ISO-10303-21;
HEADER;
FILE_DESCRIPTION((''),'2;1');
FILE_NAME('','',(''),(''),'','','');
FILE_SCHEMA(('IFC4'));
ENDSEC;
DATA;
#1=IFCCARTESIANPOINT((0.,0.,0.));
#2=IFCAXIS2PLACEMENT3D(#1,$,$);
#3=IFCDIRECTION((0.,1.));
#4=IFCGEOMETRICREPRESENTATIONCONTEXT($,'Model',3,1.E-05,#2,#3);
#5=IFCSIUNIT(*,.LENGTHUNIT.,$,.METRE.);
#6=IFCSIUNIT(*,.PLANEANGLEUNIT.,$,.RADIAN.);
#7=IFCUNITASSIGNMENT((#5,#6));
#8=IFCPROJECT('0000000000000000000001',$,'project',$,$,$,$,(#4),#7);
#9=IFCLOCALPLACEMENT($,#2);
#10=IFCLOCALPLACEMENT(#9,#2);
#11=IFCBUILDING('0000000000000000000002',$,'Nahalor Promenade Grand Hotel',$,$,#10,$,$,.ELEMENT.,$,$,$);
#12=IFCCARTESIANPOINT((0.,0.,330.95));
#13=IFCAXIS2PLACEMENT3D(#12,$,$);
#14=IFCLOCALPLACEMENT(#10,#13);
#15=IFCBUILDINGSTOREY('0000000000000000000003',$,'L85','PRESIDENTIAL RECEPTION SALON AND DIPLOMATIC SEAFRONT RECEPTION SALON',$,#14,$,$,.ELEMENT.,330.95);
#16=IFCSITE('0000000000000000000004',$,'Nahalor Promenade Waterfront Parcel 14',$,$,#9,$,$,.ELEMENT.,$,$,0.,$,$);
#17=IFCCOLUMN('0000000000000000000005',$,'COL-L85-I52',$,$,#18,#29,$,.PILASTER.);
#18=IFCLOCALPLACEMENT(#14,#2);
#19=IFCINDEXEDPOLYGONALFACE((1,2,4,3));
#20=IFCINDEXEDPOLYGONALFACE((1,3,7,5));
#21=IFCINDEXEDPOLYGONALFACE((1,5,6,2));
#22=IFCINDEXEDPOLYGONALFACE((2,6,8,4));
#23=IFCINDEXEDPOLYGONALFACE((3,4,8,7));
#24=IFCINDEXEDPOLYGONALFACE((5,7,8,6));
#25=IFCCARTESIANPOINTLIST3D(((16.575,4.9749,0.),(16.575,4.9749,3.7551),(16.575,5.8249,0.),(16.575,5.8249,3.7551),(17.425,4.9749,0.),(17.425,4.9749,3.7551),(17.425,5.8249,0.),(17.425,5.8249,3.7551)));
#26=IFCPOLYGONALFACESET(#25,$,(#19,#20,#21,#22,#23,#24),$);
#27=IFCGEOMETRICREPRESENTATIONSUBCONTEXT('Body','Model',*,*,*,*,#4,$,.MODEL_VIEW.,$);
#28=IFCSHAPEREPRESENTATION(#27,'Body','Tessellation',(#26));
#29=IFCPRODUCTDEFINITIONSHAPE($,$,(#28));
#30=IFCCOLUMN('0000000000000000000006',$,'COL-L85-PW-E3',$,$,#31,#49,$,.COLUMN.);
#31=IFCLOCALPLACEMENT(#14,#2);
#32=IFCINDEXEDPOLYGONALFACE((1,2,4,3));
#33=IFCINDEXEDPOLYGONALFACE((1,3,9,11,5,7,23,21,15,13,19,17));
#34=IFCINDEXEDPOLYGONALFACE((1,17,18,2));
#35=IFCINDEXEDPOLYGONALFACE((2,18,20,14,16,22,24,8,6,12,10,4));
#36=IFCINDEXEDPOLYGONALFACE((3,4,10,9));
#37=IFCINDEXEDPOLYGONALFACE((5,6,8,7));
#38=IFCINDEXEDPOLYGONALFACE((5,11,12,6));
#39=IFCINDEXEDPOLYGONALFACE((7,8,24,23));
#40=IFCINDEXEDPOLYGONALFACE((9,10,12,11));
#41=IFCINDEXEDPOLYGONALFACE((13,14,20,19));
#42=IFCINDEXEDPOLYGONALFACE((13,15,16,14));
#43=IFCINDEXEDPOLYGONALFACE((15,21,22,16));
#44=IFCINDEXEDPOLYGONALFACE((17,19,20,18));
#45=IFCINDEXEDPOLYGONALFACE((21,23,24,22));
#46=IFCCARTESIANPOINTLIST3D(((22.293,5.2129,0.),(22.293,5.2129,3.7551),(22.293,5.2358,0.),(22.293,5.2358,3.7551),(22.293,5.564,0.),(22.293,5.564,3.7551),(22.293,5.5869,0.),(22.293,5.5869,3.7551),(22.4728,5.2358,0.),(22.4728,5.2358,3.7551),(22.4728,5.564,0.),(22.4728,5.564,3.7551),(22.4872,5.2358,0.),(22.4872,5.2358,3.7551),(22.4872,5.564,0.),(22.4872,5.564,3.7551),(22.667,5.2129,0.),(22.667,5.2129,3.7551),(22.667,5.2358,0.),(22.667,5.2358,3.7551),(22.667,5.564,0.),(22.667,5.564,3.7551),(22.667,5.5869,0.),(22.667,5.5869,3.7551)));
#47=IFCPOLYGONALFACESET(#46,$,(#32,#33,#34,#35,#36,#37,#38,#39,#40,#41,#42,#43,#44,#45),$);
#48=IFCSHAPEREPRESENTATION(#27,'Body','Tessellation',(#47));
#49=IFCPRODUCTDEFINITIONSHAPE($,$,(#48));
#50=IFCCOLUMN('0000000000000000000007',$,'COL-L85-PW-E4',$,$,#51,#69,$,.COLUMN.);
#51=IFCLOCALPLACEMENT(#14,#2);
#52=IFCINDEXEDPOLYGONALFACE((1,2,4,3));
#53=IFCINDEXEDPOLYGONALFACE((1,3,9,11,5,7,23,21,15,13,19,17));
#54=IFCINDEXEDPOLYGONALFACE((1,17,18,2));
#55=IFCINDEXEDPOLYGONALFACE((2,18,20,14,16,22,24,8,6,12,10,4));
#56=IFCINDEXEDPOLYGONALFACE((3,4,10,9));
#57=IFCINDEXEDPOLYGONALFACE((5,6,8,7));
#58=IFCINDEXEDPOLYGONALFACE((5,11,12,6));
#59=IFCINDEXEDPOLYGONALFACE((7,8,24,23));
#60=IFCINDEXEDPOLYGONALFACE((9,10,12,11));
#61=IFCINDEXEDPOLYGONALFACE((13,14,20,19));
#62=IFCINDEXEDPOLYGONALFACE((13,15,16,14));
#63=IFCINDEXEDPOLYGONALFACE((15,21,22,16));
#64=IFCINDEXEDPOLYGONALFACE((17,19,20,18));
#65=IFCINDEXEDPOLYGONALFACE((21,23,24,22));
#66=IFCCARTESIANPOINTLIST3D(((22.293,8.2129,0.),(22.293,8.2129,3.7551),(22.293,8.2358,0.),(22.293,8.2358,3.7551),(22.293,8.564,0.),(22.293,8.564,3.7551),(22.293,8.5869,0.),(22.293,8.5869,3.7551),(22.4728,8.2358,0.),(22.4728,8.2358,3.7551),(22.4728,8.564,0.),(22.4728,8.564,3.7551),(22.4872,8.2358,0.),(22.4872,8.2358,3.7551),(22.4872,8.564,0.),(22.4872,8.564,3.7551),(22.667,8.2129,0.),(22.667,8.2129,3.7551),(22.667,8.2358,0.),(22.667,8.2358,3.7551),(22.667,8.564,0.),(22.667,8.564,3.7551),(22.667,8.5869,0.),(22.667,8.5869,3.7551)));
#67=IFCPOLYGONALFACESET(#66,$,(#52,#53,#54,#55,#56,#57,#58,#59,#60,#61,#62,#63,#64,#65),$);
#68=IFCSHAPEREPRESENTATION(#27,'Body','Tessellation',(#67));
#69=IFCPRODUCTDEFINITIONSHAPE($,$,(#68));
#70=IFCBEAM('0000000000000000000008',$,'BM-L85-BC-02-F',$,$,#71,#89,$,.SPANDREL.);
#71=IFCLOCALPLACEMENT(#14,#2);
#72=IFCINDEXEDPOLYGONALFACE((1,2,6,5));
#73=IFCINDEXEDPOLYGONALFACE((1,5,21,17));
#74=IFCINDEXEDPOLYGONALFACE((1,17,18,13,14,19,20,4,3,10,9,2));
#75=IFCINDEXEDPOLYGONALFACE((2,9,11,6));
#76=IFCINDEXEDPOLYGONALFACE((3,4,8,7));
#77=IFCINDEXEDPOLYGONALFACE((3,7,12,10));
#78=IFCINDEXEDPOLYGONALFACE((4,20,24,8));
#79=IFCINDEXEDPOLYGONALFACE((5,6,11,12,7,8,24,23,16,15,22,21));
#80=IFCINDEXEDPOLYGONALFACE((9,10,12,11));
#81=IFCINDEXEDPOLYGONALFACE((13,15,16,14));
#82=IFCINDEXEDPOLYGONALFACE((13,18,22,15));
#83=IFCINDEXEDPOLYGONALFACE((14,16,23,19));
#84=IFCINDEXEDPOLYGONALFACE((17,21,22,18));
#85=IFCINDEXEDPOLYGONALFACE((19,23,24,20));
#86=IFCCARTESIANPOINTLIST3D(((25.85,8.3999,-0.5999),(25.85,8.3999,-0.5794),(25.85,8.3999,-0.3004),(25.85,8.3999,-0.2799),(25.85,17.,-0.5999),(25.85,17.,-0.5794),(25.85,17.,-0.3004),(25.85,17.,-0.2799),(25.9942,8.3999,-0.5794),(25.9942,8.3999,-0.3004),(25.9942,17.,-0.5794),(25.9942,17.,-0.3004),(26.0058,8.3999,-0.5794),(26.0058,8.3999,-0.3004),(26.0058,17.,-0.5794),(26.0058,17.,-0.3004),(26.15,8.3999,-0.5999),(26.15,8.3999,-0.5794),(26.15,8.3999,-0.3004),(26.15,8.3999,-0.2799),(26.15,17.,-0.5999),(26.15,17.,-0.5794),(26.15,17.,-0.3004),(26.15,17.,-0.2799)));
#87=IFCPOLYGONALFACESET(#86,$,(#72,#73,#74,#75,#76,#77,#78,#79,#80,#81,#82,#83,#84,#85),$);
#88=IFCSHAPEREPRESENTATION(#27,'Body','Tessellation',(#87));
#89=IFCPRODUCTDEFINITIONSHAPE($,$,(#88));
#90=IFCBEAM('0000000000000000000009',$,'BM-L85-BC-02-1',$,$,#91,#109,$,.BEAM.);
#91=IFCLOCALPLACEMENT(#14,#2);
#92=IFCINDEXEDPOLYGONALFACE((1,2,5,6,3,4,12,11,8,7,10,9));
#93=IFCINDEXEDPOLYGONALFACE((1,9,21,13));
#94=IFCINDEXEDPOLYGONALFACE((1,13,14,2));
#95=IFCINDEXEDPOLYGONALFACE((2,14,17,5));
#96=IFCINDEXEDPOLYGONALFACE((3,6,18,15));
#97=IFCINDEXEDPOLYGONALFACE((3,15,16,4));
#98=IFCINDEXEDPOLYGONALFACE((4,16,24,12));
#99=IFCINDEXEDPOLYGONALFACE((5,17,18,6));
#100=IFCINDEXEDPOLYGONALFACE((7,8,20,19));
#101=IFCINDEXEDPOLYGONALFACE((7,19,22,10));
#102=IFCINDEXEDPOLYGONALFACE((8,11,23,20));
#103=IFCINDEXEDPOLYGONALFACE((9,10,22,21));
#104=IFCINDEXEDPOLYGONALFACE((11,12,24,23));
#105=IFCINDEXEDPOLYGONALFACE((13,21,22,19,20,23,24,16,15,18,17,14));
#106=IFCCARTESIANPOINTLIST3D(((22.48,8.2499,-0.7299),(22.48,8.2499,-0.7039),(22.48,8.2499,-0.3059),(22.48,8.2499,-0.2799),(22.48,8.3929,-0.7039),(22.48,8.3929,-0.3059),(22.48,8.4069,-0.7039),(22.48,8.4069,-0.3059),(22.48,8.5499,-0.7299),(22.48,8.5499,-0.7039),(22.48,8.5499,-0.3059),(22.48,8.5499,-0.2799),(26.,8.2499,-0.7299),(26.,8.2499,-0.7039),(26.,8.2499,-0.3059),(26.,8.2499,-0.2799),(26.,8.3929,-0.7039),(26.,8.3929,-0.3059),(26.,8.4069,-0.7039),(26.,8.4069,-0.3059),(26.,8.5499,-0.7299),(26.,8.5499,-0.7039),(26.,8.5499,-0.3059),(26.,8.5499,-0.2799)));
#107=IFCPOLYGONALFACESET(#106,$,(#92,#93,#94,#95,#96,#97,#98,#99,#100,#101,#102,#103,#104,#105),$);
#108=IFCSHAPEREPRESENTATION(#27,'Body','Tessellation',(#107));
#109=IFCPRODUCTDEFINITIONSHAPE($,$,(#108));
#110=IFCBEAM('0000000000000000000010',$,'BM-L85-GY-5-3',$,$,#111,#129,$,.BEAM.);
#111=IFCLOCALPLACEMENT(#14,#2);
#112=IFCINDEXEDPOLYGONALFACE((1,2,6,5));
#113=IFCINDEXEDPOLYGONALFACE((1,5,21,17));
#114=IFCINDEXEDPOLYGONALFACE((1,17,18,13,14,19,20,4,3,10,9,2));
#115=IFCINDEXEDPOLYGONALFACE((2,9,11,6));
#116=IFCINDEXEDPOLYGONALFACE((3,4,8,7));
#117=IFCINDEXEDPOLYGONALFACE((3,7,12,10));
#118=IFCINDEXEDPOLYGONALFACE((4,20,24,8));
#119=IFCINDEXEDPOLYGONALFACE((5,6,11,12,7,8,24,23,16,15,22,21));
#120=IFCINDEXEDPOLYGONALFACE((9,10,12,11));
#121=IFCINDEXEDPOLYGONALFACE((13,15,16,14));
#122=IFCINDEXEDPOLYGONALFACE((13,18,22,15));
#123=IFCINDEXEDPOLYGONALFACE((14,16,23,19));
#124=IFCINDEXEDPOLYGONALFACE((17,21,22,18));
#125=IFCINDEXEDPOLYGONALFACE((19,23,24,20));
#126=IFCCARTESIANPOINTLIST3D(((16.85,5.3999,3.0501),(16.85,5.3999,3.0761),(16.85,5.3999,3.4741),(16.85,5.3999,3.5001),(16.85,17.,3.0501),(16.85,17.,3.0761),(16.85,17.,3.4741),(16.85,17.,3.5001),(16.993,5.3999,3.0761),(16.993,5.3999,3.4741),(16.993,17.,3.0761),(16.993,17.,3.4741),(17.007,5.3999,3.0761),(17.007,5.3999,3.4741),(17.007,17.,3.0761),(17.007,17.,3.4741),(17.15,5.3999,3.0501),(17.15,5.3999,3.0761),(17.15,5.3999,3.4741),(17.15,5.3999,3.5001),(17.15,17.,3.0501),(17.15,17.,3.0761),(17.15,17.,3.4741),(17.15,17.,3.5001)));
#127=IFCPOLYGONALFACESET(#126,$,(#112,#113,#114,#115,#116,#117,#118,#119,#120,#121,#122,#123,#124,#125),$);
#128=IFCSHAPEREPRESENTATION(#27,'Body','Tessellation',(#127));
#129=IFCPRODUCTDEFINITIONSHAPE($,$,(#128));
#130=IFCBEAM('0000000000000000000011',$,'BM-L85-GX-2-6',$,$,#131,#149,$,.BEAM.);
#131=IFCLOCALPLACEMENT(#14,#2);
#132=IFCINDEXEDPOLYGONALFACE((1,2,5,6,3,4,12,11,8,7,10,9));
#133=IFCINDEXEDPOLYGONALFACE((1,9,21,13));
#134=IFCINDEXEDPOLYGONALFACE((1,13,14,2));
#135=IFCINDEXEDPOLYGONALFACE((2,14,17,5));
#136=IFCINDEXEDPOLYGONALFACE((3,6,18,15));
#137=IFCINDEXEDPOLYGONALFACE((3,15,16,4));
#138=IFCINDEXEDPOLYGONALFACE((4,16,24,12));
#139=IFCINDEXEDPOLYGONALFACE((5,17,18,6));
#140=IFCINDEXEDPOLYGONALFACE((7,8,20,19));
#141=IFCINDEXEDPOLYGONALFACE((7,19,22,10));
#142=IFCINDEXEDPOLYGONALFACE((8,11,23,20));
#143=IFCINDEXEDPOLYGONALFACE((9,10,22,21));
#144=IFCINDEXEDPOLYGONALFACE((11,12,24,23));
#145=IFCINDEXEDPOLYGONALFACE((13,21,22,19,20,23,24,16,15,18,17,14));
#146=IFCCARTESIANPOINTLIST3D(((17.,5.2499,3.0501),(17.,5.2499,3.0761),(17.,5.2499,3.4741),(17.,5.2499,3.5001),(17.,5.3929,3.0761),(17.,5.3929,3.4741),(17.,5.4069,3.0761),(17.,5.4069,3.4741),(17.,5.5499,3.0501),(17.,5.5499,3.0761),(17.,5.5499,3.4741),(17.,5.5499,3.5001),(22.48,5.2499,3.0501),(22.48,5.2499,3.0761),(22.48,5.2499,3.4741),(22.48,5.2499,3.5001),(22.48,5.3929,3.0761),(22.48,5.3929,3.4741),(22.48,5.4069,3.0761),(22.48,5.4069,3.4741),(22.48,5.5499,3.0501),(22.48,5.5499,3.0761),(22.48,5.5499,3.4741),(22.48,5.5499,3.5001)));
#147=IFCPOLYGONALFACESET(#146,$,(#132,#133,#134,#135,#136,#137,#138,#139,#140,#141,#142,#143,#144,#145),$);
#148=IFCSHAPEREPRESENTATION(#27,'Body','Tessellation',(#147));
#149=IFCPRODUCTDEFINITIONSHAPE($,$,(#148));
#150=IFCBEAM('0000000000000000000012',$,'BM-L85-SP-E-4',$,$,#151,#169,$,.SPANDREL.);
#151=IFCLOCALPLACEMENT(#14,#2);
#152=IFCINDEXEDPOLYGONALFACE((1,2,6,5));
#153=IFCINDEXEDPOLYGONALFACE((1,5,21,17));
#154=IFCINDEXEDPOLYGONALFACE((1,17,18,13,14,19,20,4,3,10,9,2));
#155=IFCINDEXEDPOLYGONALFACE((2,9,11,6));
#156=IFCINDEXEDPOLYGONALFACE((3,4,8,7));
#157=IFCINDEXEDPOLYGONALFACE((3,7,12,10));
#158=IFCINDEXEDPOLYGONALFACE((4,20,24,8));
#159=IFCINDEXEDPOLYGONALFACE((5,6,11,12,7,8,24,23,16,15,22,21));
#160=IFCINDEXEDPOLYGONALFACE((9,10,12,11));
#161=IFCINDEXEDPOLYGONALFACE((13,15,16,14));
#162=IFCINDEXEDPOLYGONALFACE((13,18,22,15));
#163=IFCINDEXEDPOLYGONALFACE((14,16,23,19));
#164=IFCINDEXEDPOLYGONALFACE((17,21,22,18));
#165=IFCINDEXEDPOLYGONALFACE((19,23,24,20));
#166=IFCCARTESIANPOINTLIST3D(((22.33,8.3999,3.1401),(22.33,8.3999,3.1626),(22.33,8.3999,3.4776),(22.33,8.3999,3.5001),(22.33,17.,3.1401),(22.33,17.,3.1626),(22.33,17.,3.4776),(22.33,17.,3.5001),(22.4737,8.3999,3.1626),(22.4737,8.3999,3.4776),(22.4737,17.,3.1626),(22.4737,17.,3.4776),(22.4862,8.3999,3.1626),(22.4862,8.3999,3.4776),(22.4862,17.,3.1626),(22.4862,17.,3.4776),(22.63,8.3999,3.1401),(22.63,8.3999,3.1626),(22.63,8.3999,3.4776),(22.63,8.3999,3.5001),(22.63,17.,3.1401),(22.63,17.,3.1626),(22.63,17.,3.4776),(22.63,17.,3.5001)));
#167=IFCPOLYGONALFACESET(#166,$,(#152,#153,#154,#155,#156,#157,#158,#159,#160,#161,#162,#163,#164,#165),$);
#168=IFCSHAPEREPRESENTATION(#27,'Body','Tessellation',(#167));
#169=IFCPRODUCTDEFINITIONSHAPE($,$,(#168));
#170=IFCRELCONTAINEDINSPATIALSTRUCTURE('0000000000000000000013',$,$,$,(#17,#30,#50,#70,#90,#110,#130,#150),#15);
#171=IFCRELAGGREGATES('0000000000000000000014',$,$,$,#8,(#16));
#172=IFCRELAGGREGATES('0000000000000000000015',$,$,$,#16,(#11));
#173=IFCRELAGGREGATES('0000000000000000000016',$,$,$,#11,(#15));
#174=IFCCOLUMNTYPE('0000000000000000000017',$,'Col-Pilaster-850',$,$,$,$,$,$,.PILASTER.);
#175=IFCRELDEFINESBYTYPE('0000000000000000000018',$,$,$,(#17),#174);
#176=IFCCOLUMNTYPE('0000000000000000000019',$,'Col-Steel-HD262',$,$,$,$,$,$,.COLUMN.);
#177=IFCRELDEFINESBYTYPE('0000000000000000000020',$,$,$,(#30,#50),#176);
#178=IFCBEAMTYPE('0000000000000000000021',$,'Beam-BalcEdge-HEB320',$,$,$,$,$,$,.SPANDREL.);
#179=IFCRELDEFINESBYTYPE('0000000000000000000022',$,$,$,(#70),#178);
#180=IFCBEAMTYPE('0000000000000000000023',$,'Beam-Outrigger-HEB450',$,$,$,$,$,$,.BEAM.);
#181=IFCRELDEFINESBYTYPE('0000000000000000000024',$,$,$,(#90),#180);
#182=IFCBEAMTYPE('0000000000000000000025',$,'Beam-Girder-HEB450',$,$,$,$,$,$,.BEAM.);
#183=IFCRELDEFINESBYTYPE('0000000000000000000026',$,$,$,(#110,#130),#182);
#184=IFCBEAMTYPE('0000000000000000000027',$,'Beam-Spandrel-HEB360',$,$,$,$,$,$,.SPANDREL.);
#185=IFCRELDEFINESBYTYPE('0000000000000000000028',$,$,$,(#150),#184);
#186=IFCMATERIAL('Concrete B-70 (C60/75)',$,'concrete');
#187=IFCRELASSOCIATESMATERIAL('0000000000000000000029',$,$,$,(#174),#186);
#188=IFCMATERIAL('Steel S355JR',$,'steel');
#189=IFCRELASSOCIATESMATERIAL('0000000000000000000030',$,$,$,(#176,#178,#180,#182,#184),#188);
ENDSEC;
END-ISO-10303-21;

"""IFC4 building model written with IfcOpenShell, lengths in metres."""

from ifc_helpers import new_model, si_unit, direction, frame, origin, origin_2d, place, context, subcontext, project, spatial, rectangle, i_section, extrude, source, transform, mapped, material, material_profile, profile_set, type_object, element, save


model = new_model("IFC4")

# Units and contexts
model_context = context("Model", 3, precision=1e-05, world=origin(), true_north=direction((0.0, 1.0)))
body_context = subcontext(model_context, "Body", "Model", "MODEL_VIEW")
ifc_project = project(units=[si_unit("LENGTHUNIT", "METRE"), si_unit("PLANEANGLEUNIT", "RADIAN")], contexts=[model_context])

# Site, building, storey
site_placement = place(None, origin())
site = spatial("IfcSite", under=ifc_project, at=site_placement, Name="Nahalor Promenade Waterfront Parcel 14", CompositionType="ELEMENT", RefElevation=0.0)
building_placement = place(site_placement, origin())
building = spatial("IfcBuilding", under=site, at=building_placement, Name="Nahalor Promenade Grand Hotel", CompositionType="ELEMENT")
storey_placement = place(building_placement, frame((0.0, 0.0, 330.95)))
storey = spatial("IfcBuildingStorey", under=building, at=storey_placement, Name="L85", Description="PRESIDENTIAL RECEPTION SALON AND DIPLOMATIC SEAFRONT RECEPTION SALON", CompositionType="ELEMENT", Elevation=330.95)

# Columns
ifc_material_1 = material(Name="Concrete B-70 (C60/75)", Category="concrete")
ifc_material_profile_1 = material_profile(ifc_material_1, rectangle(XDim=0.85, YDim=0.85, at=origin_2d()), Name="RC 850x850")
ifc_profile_set_1 = profile_set([ifc_material_profile_1], Name="Concrete B-70 (C60/75)")
column_type_1 = type_object("IfcColumnType", Name="Col-Pilaster-850", PredefinedType="PILASTER", material=ifc_profile_set_1)
shared_shape_1 = source(origin(), body_context, "Body", "SweptSolid", [
    extrude(rectangle(XDim=0.85, YDim=0.85, at=origin_2d()), origin(), (0.0, 0.0, 1.0), 3.7551),
])
column_placement = place(storey_placement, frame((17.0, 5.3999, 0.0), z_axis=(0.0, 0.0, 1.0), x_axis=(1.0, 0.0, 0.0)))
element("IfcColumn", 1, at=column_placement, inside=storey, type_object=column_type_1, Name="COL-L85-I52", PredefinedType="PILASTER", context=body_context, shape_type="MappedRepresentation", body=[
    mapped(shared_shape_1, transform((0.0, 0.0, 0.0), scale=1.0)),
])
ifc_material_2 = material(Name="Steel S355JR", Category="steel")
ifc_material_profile_2 = material_profile(ifc_material_2, i_section(OverallWidth=0.374, OverallDepth=0.374, WebThickness=0.0144, FlangeThickness=0.0229, at=origin_2d()), Name="HD 360x262")
ifc_profile_set_2 = profile_set([ifc_material_profile_2], Name="Steel S355JR")
column_type_2 = type_object("IfcColumnType", Name="Col-Steel-HD262", PredefinedType="COLUMN", material=ifc_profile_set_2)
shared_shape_2 = source(origin(), body_context, "Body", "SweptSolid", [
    extrude(i_section(OverallWidth=0.374, OverallDepth=0.374, WebThickness=0.0144, FlangeThickness=0.0229, at=origin_2d()), origin(), (0.0, 0.0, 1.0), 3.7551),
])
for number, where, z_axis, x_axis, name in (
    (2, (22.48, 5.3999, 0.0), (0.0, 0.0, 1.0), (1.0, 0.0, 0.0), "COL-L85-PW-E3"),
    (3, (22.48, 8.3999, 0.0), (0.0, 0.0, 1.0), (1.0, 0.0, 0.0), "COL-L85-PW-E4"),
):
    element("IfcColumn", number, at=place(storey_placement, frame(where, z_axis=z_axis, x_axis=x_axis)), inside=storey, type_object=column_type_2, Name=name, PredefinedType="COLUMN", context=body_context, shape_type="MappedRepresentation", body=[
        mapped(shared_shape_2, transform((0.0, 0.0, 0.0), scale=1.0)),
    ])

# Beams
ifc_material_profile_3 = material_profile(ifc_material_2, i_section(OverallWidth=0.3, OverallDepth=0.32, WebThickness=0.0115, FlangeThickness=0.0205, at=origin_2d()), Name="HEB 320")
ifc_profile_set_3 = profile_set([ifc_material_profile_3], Name="Steel S355JR")
beam_type_1 = type_object("IfcBeamType", Name="Beam-BalcEdge-HEB320", PredefinedType="SPANDREL", material=ifc_profile_set_3)
shared_shape_3 = source(origin(), body_context, "Body", "SweptSolid", [
    extrude(i_section(OverallWidth=0.3, OverallDepth=0.32, WebThickness=0.0115, FlangeThickness=0.0205, at=origin_2d()), origin(), (0.0, 0.0, 1.0), 8.6001),
])
beam_1_placement = place(storey_placement, frame((26.0, 8.3999, -0.4399), z_axis=(0.0, 1.0, 0.0), x_axis=(-1.0, 0.0, 0.0)))
element("IfcBeam", 4, at=beam_1_placement, inside=storey, type_object=beam_type_1, Name="BM-L85-BC-02-F", PredefinedType="SPANDREL", context=body_context, shape_type="MappedRepresentation", body=[
    mapped(shared_shape_3, transform((0.0, 0.0, 0.0), scale=1.0)),
])
ifc_material_profile_4 = material_profile(ifc_material_2, i_section(OverallWidth=0.3, OverallDepth=0.45, WebThickness=0.014, FlangeThickness=0.026, at=origin_2d()), Name="HEB 450")
ifc_profile_set_4 = profile_set([ifc_material_profile_4], Name="Steel S355JR")
beam_type_2 = type_object("IfcBeamType", Name="Beam-Outrigger-HEB450", PredefinedType="BEAM", material=ifc_profile_set_4)
shared_shape_4 = source(origin(), body_context, "Body", "SweptSolid", [
    extrude(i_section(OverallWidth=0.3, OverallDepth=0.45, WebThickness=0.014, FlangeThickness=0.026, at=origin_2d()), origin(), (0.0, 0.0, 1.0), 3.52),
])
beam_2_placement = place(storey_placement, frame((22.48, 8.3999, -0.5049), z_axis=(1.0, 0.0, 0.0), x_axis=(0.0, 1.0, 0.0)))
element("IfcBeam", 5, at=beam_2_placement, inside=storey, type_object=beam_type_2, Name="BM-L85-BC-02-1", PredefinedType="BEAM", context=body_context, shape_type="MappedRepresentation", body=[
    mapped(shared_shape_4, transform((0.0, 0.0, 0.0), scale=1.0)),
])
ifc_material_profile_5 = material_profile(ifc_material_2, i_section(OverallWidth=0.3, OverallDepth=0.45, WebThickness=0.014, FlangeThickness=0.026, at=origin_2d()), Name="HEB 450")
ifc_profile_set_5 = profile_set([ifc_material_profile_5], Name="Steel S355JR")
beam_type_3 = type_object("IfcBeamType", Name="Beam-Girder-HEB450", PredefinedType="BEAM", material=ifc_profile_set_5)
shared_shape_5 = source(origin(), body_context, "Body", "SweptSolid", [
    extrude(i_section(OverallWidth=0.3, OverallDepth=0.45, WebThickness=0.014, FlangeThickness=0.026, at=origin_2d()), origin(), (0.0, 0.0, 1.0), 11.6001),
])
beam_3_placement = place(storey_placement, frame((17.0, 5.3999, 3.2751), z_axis=(0.0, 1.0, 0.0), x_axis=(-1.0, 0.0, 0.0)))
element("IfcBeam", 6, at=beam_3_placement, inside=storey, type_object=beam_type_3, Name="BM-L85-GY-5-3", PredefinedType="BEAM", context=body_context, shape_type="MappedRepresentation", body=[
    mapped(shared_shape_5, transform((0.0, 0.0, 0.0), scale=1.0)),
])
shared_shape_6 = source(origin(), body_context, "Body", "SweptSolid", [
    extrude(i_section(OverallWidth=0.3, OverallDepth=0.45, WebThickness=0.014, FlangeThickness=0.026, at=origin_2d()), origin(), (0.0, 0.0, 1.0), 5.48),
])
beam_4_placement = place(storey_placement, frame((17.0, 5.3999, 3.2751), z_axis=(1.0, 0.0, 0.0), x_axis=(0.0, 1.0, 0.0)))
element("IfcBeam", 7, at=beam_4_placement, inside=storey, type_object=beam_type_3, Name="BM-L85-GX-2-6", PredefinedType="BEAM", context=body_context, shape_type="MappedRepresentation", body=[
    mapped(shared_shape_6, transform((0.0, 0.0, 0.0), scale=1.0)),
])
ifc_material_profile_6 = material_profile(ifc_material_2, i_section(OverallWidth=0.3, OverallDepth=0.36, WebThickness=0.0125, FlangeThickness=0.0225, at=origin_2d()), Name="HEB 360")
ifc_profile_set_6 = profile_set([ifc_material_profile_6], Name="Steel S355JR")
beam_type_4 = type_object("IfcBeamType", Name="Beam-Spandrel-HEB360", PredefinedType="SPANDREL", material=ifc_profile_set_6)
shared_shape_7 = source(origin(), body_context, "Body", "SweptSolid", [
    extrude(i_section(OverallWidth=0.3, OverallDepth=0.36, WebThickness=0.0125, FlangeThickness=0.0225, at=origin_2d()), origin(), (0.0, 0.0, 1.0), 8.6001),
])
beam_5_placement = place(storey_placement, frame((22.48, 8.3999, 3.3201), z_axis=(0.0, 1.0, 0.0), x_axis=(-1.0, 0.0, 0.0)))
element("IfcBeam", 8, at=beam_5_placement, inside=storey, type_object=beam_type_4, Name="BM-L85-SP-E-4", PredefinedType="SPANDREL", context=body_context, shape_type="MappedRepresentation", body=[
    mapped(shared_shape_7, transform((0.0, 0.0, 0.0), scale=1.0)),
])

save(model, "model.ifc")
